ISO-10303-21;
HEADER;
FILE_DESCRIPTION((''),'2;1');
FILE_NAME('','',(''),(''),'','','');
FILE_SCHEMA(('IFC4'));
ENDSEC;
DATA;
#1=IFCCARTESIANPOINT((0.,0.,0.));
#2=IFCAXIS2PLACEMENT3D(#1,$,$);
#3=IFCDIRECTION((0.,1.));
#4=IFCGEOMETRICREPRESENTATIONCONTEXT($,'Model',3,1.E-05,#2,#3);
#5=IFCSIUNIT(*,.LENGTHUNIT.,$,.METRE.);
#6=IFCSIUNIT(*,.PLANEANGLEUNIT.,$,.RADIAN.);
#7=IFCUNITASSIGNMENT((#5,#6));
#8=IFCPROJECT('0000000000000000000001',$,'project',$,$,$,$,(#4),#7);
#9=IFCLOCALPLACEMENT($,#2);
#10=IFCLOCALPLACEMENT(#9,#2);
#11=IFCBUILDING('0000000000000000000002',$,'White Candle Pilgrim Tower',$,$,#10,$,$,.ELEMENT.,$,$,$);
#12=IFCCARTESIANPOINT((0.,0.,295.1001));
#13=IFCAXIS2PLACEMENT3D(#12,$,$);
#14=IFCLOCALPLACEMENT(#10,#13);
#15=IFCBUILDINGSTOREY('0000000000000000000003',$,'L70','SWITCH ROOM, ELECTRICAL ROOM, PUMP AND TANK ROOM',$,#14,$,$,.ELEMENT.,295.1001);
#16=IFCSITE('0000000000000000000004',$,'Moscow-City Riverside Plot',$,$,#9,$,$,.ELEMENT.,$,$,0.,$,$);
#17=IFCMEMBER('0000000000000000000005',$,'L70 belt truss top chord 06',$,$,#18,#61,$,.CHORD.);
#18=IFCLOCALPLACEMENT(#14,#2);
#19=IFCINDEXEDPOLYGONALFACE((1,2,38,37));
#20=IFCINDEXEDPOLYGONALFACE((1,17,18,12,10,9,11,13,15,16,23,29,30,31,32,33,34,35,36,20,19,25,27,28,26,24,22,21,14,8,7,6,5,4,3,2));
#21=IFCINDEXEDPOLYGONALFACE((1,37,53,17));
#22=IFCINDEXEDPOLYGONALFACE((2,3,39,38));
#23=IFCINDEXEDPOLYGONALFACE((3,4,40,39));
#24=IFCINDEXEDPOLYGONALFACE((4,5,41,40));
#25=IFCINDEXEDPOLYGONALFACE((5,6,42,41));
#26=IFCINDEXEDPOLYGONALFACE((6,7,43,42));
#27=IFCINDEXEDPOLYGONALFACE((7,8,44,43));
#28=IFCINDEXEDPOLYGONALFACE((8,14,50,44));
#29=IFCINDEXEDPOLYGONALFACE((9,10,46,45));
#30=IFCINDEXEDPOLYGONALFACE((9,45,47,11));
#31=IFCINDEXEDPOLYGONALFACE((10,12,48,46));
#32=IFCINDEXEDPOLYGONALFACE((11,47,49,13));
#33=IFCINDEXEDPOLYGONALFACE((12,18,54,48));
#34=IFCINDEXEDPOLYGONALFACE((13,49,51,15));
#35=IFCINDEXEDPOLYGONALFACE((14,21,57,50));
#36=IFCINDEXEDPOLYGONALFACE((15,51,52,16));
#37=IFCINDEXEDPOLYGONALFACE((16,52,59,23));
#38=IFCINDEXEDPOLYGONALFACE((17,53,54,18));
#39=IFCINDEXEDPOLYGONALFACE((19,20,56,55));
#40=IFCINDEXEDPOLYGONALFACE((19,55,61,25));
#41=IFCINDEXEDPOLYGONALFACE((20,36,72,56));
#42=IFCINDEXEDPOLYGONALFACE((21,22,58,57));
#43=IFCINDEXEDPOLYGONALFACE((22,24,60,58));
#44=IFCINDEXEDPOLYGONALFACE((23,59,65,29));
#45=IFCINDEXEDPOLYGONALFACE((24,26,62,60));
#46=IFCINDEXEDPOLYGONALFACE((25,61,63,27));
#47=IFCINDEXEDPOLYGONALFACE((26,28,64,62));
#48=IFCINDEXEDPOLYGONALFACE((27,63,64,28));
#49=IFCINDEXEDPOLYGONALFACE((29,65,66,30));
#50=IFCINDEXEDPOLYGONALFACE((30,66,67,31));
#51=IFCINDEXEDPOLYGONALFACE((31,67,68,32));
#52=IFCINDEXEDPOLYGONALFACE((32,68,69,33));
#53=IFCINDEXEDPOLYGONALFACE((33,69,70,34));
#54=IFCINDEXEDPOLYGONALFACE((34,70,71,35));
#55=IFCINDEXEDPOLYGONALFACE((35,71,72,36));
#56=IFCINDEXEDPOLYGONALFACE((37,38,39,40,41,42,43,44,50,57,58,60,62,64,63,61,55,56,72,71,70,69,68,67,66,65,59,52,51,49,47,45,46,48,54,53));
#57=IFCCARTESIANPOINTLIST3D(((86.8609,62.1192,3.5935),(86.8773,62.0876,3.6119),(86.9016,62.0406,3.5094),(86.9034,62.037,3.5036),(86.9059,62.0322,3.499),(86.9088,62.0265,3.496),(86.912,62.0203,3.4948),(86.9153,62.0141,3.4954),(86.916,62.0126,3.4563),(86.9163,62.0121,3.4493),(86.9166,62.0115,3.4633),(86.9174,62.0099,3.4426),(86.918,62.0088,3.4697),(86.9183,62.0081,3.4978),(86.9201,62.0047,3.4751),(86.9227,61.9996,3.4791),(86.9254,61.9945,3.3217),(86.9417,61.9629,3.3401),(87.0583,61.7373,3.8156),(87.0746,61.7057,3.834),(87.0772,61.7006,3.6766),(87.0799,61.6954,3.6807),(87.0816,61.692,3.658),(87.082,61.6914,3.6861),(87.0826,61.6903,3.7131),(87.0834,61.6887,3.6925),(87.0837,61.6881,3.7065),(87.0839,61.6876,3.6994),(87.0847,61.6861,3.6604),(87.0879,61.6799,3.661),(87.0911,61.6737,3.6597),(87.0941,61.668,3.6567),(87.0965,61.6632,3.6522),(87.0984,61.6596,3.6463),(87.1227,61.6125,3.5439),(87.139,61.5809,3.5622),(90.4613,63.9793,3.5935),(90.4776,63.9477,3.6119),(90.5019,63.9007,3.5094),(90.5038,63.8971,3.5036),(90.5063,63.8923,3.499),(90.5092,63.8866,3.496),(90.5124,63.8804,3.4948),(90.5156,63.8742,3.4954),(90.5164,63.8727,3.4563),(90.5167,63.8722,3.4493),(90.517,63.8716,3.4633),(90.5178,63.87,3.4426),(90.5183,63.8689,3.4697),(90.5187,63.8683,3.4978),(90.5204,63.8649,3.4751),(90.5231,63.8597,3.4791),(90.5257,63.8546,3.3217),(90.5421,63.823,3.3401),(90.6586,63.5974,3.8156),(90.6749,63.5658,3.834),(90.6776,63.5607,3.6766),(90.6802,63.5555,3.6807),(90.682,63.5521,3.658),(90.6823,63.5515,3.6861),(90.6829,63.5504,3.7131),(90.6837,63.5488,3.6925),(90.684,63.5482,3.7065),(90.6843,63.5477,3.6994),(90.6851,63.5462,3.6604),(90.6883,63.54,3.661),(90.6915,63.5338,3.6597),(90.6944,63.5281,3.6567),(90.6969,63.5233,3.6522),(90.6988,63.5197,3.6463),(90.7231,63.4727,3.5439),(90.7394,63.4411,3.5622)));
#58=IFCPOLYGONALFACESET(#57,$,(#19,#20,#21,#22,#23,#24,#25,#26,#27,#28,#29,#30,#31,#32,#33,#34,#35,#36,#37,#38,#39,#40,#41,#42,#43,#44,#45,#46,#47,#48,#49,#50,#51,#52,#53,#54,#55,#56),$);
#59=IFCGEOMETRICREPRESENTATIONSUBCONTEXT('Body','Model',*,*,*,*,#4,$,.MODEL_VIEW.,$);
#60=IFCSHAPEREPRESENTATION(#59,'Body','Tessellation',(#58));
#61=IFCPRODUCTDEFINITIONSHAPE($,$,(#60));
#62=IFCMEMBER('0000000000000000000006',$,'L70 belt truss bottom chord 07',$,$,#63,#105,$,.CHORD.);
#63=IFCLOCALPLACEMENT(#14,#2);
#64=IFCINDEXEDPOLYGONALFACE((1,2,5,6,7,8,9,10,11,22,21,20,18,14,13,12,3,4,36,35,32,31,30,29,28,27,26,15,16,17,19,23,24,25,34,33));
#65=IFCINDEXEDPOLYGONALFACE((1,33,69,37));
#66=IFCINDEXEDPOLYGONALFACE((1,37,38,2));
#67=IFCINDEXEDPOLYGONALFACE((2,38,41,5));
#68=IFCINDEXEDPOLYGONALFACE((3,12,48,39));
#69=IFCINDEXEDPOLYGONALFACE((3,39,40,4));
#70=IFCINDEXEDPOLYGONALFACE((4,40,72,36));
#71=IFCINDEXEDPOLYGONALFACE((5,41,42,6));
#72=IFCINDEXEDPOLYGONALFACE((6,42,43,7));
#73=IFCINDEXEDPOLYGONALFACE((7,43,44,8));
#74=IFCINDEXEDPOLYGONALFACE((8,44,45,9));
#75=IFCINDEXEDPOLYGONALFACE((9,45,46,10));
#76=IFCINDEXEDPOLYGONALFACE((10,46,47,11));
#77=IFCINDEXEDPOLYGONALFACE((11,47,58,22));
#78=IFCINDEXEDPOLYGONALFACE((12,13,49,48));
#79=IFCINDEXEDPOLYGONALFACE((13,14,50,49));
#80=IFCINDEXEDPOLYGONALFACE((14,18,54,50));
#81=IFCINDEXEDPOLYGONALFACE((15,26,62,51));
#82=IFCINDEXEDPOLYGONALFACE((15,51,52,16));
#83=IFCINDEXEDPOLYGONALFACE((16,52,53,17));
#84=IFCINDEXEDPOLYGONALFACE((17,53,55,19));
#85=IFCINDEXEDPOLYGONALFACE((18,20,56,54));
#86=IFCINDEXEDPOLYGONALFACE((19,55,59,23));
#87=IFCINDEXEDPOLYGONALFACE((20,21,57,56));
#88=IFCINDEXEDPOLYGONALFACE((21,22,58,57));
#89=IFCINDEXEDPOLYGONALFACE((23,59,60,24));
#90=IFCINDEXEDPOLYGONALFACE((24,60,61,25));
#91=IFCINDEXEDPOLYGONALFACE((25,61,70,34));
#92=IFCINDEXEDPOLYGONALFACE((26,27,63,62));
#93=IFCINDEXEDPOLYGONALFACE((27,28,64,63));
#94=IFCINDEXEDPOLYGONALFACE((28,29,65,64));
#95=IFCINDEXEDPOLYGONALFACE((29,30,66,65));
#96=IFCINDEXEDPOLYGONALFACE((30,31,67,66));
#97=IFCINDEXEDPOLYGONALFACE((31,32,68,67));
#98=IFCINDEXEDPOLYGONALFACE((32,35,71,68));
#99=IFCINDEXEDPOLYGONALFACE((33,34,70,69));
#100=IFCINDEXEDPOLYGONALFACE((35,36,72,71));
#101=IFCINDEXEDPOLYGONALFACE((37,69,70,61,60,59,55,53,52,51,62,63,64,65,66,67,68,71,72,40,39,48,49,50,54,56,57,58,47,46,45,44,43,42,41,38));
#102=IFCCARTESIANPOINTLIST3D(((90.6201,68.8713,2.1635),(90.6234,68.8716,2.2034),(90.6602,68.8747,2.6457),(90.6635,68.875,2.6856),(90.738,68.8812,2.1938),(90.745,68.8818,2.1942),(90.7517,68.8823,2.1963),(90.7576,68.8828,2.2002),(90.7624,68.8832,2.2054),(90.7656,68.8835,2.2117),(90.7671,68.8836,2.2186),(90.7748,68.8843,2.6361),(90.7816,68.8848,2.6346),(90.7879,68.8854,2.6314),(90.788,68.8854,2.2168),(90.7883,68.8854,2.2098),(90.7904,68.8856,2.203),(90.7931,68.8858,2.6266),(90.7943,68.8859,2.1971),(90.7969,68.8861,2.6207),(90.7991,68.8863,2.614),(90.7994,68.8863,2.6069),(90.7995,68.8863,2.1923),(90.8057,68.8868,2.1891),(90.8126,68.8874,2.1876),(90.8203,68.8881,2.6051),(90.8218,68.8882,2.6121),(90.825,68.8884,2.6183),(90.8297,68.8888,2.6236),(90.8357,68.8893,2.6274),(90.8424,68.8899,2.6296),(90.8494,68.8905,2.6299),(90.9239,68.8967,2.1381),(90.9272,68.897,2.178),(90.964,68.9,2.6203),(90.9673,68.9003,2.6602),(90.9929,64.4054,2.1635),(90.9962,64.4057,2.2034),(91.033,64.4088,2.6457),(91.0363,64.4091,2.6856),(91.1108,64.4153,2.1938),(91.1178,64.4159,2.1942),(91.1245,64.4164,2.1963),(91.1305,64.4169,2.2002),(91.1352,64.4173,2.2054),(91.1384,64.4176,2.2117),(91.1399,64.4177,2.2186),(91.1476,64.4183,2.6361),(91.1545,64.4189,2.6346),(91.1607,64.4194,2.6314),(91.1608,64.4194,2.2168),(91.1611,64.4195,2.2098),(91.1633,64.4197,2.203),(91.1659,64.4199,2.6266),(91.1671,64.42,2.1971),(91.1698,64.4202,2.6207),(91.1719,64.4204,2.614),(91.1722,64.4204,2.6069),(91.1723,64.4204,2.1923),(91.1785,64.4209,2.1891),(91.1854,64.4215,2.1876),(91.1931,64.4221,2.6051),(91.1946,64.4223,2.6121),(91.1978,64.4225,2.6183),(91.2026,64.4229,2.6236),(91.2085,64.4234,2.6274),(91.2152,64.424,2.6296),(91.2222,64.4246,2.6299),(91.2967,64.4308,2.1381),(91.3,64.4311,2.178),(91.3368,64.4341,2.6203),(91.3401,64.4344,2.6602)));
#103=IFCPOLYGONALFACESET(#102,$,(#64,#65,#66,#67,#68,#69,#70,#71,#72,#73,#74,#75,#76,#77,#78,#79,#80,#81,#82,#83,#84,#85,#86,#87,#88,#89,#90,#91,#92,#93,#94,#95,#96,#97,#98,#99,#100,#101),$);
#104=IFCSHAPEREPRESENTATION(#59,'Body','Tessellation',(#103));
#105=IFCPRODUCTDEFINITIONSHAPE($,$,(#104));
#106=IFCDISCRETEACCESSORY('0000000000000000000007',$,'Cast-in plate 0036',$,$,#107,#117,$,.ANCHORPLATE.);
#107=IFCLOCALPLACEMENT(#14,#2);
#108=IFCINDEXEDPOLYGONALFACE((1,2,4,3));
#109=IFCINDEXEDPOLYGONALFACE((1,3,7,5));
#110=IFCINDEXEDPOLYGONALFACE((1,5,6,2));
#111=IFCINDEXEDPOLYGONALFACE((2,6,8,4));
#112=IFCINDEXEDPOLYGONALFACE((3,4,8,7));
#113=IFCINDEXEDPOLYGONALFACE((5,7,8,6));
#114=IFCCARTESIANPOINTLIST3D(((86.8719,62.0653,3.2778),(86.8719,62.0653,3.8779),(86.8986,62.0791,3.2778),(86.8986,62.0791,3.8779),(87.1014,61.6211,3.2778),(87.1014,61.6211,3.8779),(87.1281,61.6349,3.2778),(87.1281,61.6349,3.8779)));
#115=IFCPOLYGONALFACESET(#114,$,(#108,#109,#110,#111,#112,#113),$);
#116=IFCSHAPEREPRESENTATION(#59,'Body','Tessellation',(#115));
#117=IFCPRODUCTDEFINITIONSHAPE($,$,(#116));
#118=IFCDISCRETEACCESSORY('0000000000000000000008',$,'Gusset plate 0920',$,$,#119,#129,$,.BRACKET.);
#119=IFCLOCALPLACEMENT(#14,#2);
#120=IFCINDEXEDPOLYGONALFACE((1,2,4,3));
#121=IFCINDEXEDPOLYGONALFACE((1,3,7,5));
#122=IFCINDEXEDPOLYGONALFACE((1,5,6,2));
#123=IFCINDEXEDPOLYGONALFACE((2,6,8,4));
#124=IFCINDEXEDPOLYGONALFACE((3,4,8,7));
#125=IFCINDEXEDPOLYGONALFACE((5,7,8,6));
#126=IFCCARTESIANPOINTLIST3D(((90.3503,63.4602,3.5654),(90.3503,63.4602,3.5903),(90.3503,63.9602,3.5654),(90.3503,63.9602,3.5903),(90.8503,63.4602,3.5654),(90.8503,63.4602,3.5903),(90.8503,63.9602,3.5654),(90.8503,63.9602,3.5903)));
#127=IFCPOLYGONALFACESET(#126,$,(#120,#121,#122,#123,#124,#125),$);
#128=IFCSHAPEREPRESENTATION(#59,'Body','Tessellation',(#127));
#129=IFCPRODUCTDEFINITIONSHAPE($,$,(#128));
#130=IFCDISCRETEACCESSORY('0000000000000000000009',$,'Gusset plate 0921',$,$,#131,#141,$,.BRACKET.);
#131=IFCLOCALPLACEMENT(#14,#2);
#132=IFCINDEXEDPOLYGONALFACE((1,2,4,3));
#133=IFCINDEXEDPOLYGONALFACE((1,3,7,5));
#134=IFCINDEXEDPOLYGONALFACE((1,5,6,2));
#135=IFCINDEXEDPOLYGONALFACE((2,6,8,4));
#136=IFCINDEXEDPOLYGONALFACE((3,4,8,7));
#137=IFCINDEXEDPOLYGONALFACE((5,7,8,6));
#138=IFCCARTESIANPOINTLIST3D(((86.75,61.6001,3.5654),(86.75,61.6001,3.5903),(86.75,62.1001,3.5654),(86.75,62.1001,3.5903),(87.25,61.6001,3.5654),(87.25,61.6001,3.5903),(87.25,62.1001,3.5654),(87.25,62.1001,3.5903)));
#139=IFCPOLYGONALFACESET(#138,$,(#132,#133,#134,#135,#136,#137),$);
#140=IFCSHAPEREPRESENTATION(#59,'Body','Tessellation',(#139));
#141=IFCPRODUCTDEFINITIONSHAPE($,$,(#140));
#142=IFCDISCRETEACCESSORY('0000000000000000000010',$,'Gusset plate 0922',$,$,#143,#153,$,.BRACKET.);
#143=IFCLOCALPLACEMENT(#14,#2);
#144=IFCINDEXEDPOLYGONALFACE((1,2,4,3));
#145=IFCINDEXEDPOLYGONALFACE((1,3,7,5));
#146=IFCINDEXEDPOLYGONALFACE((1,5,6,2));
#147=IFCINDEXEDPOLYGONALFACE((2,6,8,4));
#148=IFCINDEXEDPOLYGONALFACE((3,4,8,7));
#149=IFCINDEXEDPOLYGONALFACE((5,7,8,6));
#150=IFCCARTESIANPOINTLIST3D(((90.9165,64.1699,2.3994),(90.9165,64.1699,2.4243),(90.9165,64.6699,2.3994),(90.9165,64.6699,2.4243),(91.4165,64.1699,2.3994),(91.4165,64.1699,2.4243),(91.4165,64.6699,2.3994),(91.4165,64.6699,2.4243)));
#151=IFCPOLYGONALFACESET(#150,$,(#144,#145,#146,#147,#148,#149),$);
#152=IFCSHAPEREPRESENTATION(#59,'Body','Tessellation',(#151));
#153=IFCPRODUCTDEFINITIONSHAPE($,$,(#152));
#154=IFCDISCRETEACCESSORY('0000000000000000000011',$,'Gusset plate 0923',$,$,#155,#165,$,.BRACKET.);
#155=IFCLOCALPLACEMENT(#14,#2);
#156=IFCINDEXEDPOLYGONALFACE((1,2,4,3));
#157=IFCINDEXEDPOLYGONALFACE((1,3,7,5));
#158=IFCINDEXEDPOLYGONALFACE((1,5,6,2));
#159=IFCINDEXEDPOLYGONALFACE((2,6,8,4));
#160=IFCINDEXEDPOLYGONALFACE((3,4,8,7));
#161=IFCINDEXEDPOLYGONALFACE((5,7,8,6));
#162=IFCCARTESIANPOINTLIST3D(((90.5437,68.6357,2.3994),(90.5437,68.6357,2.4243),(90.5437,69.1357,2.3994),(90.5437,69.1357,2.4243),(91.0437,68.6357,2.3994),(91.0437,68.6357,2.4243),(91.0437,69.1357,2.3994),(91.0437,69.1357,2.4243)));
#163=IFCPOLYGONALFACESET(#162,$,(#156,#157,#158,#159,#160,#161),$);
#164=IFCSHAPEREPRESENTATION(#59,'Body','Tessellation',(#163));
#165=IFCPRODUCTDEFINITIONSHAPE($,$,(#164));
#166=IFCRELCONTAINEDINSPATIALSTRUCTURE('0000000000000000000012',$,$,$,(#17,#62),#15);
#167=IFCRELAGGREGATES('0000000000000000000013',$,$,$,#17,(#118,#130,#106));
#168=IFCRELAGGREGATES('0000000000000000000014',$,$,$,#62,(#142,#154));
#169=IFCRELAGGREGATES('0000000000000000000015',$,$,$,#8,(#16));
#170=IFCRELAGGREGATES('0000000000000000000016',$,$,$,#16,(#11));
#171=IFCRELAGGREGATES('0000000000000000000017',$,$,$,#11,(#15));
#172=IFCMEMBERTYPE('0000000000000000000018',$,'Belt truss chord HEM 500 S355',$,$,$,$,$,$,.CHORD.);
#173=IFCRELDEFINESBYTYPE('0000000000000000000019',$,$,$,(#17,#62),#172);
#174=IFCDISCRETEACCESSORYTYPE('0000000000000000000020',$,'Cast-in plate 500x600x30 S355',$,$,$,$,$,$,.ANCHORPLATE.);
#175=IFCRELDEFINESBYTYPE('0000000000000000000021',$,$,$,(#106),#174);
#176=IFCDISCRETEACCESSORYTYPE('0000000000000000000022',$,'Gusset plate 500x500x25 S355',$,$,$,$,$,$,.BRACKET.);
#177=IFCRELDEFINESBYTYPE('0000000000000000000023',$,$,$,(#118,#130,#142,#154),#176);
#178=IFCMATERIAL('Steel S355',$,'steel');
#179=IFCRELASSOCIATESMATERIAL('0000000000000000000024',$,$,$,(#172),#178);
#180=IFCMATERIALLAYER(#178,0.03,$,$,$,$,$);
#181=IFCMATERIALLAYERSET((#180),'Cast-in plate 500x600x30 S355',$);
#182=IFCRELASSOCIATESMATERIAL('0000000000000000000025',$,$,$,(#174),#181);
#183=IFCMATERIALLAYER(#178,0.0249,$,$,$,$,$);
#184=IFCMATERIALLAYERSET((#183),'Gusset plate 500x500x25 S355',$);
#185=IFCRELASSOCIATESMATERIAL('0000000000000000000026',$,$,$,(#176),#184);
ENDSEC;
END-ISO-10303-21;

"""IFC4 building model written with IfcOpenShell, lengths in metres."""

from ifc_helpers import new_model, si_unit, direction, frame, origin, origin_2d, place, context, subcontext, project, spatial, rectangle, i_section, extrude, material, layer, layer_set, material_profile, profile_set, type_object, element, aggregate, save


model = new_model("IFC4")

# Units and contexts
model_context = context("Model", 3, precision=1e-05, world=origin(), true_north=direction((0.0, 1.0)))
body_context = subcontext(model_context, "Body", "Model", "MODEL_VIEW")
ifc_project = project(units=[si_unit("LENGTHUNIT", "METRE"), si_unit("PLANEANGLEUNIT", "RADIAN")], contexts=[model_context])

# Site, building, storey
site_placement = place(None, origin())
site = spatial("IfcSite", under=ifc_project, at=site_placement, Name="Moscow-City Riverside Plot", CompositionType="ELEMENT", RefElevation=0.0)
building_placement = place(site_placement, origin())
building = spatial("IfcBuilding", under=site, at=building_placement, Name="White Candle Pilgrim Tower", CompositionType="ELEMENT")
storey_placement = place(building_placement, frame((0.0, 0.0, 295.1001)))
storey = spatial("IfcBuildingStorey", under=building, at=storey_placement, Name="L70", Description="SWITCH ROOM, ELECTRICAL ROOM, PUMP AND TANK ROOM", CompositionType="ELEMENT", Elevation=295.1001)

# Members
ifc_material_1 = material(Name="Steel S355", Category="steel")
ifc_material_profile_1 = material_profile(ifc_material_1, i_section(OverallWidth=0.3059, OverallDepth=0.5239, WebThickness=0.021, FlangeThickness=0.04, FilletRadius=0.0271, at=origin_2d()), Name="HEM 500")
ifc_profile_set_1 = profile_set([ifc_material_profile_1], Name="Steel S355")
member_type_1 = type_object("IfcMemberType", Name="Belt truss chord HEM 500 S355", PredefinedType="CHORD", material=ifc_profile_set_1)
member_1_placement = place(storey_placement, frame((90.6003, 63.7102, 3.5779), z_axis=(-0.888433, -0.459007, 0.0), x_axis=(0.210688, -0.407799, -0.888431)))
member_1 = element("IfcMember", 1, at=member_1_placement, inside=storey, type_object=member_type_1, Name="L70 belt truss top chord 06", PredefinedType="CHORD", context=body_context, shape_type="SweptSolid", body=[
    extrude(i_section(OverallWidth=0.3059, OverallDepth=0.5239, WebThickness=0.021, FlangeThickness=0.04, FilletRadius=0.0271, at=origin_2d()), origin(), (0.0, 0.0, 1.0), 4.0525),
])
member_2_placement = place(storey_placement, frame((91.1665, 64.4199, 2.4119), z_axis=(-0.08319, 0.996534, 0.0), x_axis=(0.993078, 0.082901, -0.083212)))
member_2 = element("IfcMember", 2, at=member_2_placement, inside=storey, type_object=member_type_1, Name="L70 belt truss bottom chord 07", PredefinedType="CHORD", context=body_context, shape_type="SweptSolid", body=[
    extrude(i_section(OverallWidth=0.3059, OverallDepth=0.5239, WebThickness=0.021, FlangeThickness=0.04, FilletRadius=0.0271, at=origin_2d()), origin(), (0.0, 0.0, 1.0), 4.4814),
])

# Discrete accessories
ifc_layer_1 = layer(ifc_material_1, 0.03)
ifc_layer_set_1 = layer_set([ifc_layer_1], Name="Cast-in plate 500x600x30 S355")
discrete_accessory_type_1 = type_object("IfcDiscreteAccessoryType", Name="Cast-in plate 500x600x30 S355", PredefinedType="ANCHORPLATE", material=ifc_layer_set_1)
discrete_accessory_1_placement = place(storey_placement, frame((87.0, 61.8501, 3.2778), z_axis=(0.0, 0.0, 1.0), x_axis=(0.888433, 0.459006, 0.0)))
discrete_accessory_1 = element("IfcDiscreteAccessory", 3, at=discrete_accessory_1_placement, type_object=discrete_accessory_type_1, Name="Cast-in plate 0036", PredefinedType="ANCHORPLATE", context=body_context, shape_type="SweptSolid", body=[
    extrude(rectangle(XDim=0.03, YDim=0.5, at=origin_2d()), origin(), (0.0, 0.0, 1.0), 0.6001),
])
ifc_layer_2 = layer(ifc_material_1, 0.0249)
ifc_layer_set_2 = layer_set([ifc_layer_2], Name="Gusset plate 500x500x25 S355")
discrete_accessory_type_2 = type_object("IfcDiscreteAccessoryType", Name="Gusset plate 500x500x25 S355", PredefinedType="BRACKET", material=ifc_layer_set_2)
discrete_accessory_2_placement = place(storey_placement, frame((90.6003, 63.7102, 3.5654), z_axis=(0.0, 0.0, 1.0), x_axis=(1.0, 0.0, 0.0)))
discrete_accessory_2 = element("IfcDiscreteAccessory", 4, at=discrete_accessory_2_placement, type_object=discrete_accessory_type_2, Name="Gusset plate 0920", PredefinedType="BRACKET", context=body_context, shape_type="SweptSolid", body=[
    extrude(rectangle(XDim=0.5, YDim=0.5, at=origin_2d()), origin(), (0.0, 0.0, 1.0), 0.0249),
])
discrete_accessory_3_placement = place(storey_placement, frame((87.0, 61.8501, 3.5654), z_axis=(0.0, 0.0, 1.0), x_axis=(1.0, 0.0, 0.0)))
discrete_accessory_3 = element("IfcDiscreteAccessory", 5, at=discrete_accessory_3_placement, type_object=discrete_accessory_type_2, Name="Gusset plate 0921", PredefinedType="BRACKET", context=body_context, shape_type="SweptSolid", body=[
    extrude(rectangle(XDim=0.5, YDim=0.5, at=origin_2d()), origin(), (0.0, 0.0, 1.0), 0.0249),
])
aggregate(member_1, [discrete_accessory_2, discrete_accessory_3, discrete_accessory_1])
discrete_accessory_4_placement = place(storey_placement, frame((91.1665, 64.4199, 2.3994), z_axis=(0.0, 0.0, 1.0), x_axis=(1.0, 0.0, 0.0)))
discrete_accessory_4 = element("IfcDiscreteAccessory", 6, at=discrete_accessory_4_placement, type_object=discrete_accessory_type_2, Name="Gusset plate 0922", PredefinedType="BRACKET", context=body_context, shape_type="SweptSolid", body=[
    extrude(rectangle(XDim=0.5, YDim=0.5, at=origin_2d()), origin(), (0.0, 0.0, 1.0), 0.0249),
])
discrete_accessory_5_placement = place(storey_placement, frame((90.7937, 68.8857, 2.3994), z_axis=(0.0, 0.0, 1.0), x_axis=(1.0, 0.0, 0.0)))
discrete_accessory_5 = element("IfcDiscreteAccessory", 7, at=discrete_accessory_5_placement, type_object=discrete_accessory_type_2, Name="Gusset plate 0923", PredefinedType="BRACKET", context=body_context, shape_type="SweptSolid", body=[
    extrude(rectangle(XDim=0.5, YDim=0.5, at=origin_2d()), origin(), (0.0, 0.0, 1.0), 0.0249),
])
aggregate(member_2, [discrete_accessory_4, discrete_accessory_5])

save(model, "model.ifc")
